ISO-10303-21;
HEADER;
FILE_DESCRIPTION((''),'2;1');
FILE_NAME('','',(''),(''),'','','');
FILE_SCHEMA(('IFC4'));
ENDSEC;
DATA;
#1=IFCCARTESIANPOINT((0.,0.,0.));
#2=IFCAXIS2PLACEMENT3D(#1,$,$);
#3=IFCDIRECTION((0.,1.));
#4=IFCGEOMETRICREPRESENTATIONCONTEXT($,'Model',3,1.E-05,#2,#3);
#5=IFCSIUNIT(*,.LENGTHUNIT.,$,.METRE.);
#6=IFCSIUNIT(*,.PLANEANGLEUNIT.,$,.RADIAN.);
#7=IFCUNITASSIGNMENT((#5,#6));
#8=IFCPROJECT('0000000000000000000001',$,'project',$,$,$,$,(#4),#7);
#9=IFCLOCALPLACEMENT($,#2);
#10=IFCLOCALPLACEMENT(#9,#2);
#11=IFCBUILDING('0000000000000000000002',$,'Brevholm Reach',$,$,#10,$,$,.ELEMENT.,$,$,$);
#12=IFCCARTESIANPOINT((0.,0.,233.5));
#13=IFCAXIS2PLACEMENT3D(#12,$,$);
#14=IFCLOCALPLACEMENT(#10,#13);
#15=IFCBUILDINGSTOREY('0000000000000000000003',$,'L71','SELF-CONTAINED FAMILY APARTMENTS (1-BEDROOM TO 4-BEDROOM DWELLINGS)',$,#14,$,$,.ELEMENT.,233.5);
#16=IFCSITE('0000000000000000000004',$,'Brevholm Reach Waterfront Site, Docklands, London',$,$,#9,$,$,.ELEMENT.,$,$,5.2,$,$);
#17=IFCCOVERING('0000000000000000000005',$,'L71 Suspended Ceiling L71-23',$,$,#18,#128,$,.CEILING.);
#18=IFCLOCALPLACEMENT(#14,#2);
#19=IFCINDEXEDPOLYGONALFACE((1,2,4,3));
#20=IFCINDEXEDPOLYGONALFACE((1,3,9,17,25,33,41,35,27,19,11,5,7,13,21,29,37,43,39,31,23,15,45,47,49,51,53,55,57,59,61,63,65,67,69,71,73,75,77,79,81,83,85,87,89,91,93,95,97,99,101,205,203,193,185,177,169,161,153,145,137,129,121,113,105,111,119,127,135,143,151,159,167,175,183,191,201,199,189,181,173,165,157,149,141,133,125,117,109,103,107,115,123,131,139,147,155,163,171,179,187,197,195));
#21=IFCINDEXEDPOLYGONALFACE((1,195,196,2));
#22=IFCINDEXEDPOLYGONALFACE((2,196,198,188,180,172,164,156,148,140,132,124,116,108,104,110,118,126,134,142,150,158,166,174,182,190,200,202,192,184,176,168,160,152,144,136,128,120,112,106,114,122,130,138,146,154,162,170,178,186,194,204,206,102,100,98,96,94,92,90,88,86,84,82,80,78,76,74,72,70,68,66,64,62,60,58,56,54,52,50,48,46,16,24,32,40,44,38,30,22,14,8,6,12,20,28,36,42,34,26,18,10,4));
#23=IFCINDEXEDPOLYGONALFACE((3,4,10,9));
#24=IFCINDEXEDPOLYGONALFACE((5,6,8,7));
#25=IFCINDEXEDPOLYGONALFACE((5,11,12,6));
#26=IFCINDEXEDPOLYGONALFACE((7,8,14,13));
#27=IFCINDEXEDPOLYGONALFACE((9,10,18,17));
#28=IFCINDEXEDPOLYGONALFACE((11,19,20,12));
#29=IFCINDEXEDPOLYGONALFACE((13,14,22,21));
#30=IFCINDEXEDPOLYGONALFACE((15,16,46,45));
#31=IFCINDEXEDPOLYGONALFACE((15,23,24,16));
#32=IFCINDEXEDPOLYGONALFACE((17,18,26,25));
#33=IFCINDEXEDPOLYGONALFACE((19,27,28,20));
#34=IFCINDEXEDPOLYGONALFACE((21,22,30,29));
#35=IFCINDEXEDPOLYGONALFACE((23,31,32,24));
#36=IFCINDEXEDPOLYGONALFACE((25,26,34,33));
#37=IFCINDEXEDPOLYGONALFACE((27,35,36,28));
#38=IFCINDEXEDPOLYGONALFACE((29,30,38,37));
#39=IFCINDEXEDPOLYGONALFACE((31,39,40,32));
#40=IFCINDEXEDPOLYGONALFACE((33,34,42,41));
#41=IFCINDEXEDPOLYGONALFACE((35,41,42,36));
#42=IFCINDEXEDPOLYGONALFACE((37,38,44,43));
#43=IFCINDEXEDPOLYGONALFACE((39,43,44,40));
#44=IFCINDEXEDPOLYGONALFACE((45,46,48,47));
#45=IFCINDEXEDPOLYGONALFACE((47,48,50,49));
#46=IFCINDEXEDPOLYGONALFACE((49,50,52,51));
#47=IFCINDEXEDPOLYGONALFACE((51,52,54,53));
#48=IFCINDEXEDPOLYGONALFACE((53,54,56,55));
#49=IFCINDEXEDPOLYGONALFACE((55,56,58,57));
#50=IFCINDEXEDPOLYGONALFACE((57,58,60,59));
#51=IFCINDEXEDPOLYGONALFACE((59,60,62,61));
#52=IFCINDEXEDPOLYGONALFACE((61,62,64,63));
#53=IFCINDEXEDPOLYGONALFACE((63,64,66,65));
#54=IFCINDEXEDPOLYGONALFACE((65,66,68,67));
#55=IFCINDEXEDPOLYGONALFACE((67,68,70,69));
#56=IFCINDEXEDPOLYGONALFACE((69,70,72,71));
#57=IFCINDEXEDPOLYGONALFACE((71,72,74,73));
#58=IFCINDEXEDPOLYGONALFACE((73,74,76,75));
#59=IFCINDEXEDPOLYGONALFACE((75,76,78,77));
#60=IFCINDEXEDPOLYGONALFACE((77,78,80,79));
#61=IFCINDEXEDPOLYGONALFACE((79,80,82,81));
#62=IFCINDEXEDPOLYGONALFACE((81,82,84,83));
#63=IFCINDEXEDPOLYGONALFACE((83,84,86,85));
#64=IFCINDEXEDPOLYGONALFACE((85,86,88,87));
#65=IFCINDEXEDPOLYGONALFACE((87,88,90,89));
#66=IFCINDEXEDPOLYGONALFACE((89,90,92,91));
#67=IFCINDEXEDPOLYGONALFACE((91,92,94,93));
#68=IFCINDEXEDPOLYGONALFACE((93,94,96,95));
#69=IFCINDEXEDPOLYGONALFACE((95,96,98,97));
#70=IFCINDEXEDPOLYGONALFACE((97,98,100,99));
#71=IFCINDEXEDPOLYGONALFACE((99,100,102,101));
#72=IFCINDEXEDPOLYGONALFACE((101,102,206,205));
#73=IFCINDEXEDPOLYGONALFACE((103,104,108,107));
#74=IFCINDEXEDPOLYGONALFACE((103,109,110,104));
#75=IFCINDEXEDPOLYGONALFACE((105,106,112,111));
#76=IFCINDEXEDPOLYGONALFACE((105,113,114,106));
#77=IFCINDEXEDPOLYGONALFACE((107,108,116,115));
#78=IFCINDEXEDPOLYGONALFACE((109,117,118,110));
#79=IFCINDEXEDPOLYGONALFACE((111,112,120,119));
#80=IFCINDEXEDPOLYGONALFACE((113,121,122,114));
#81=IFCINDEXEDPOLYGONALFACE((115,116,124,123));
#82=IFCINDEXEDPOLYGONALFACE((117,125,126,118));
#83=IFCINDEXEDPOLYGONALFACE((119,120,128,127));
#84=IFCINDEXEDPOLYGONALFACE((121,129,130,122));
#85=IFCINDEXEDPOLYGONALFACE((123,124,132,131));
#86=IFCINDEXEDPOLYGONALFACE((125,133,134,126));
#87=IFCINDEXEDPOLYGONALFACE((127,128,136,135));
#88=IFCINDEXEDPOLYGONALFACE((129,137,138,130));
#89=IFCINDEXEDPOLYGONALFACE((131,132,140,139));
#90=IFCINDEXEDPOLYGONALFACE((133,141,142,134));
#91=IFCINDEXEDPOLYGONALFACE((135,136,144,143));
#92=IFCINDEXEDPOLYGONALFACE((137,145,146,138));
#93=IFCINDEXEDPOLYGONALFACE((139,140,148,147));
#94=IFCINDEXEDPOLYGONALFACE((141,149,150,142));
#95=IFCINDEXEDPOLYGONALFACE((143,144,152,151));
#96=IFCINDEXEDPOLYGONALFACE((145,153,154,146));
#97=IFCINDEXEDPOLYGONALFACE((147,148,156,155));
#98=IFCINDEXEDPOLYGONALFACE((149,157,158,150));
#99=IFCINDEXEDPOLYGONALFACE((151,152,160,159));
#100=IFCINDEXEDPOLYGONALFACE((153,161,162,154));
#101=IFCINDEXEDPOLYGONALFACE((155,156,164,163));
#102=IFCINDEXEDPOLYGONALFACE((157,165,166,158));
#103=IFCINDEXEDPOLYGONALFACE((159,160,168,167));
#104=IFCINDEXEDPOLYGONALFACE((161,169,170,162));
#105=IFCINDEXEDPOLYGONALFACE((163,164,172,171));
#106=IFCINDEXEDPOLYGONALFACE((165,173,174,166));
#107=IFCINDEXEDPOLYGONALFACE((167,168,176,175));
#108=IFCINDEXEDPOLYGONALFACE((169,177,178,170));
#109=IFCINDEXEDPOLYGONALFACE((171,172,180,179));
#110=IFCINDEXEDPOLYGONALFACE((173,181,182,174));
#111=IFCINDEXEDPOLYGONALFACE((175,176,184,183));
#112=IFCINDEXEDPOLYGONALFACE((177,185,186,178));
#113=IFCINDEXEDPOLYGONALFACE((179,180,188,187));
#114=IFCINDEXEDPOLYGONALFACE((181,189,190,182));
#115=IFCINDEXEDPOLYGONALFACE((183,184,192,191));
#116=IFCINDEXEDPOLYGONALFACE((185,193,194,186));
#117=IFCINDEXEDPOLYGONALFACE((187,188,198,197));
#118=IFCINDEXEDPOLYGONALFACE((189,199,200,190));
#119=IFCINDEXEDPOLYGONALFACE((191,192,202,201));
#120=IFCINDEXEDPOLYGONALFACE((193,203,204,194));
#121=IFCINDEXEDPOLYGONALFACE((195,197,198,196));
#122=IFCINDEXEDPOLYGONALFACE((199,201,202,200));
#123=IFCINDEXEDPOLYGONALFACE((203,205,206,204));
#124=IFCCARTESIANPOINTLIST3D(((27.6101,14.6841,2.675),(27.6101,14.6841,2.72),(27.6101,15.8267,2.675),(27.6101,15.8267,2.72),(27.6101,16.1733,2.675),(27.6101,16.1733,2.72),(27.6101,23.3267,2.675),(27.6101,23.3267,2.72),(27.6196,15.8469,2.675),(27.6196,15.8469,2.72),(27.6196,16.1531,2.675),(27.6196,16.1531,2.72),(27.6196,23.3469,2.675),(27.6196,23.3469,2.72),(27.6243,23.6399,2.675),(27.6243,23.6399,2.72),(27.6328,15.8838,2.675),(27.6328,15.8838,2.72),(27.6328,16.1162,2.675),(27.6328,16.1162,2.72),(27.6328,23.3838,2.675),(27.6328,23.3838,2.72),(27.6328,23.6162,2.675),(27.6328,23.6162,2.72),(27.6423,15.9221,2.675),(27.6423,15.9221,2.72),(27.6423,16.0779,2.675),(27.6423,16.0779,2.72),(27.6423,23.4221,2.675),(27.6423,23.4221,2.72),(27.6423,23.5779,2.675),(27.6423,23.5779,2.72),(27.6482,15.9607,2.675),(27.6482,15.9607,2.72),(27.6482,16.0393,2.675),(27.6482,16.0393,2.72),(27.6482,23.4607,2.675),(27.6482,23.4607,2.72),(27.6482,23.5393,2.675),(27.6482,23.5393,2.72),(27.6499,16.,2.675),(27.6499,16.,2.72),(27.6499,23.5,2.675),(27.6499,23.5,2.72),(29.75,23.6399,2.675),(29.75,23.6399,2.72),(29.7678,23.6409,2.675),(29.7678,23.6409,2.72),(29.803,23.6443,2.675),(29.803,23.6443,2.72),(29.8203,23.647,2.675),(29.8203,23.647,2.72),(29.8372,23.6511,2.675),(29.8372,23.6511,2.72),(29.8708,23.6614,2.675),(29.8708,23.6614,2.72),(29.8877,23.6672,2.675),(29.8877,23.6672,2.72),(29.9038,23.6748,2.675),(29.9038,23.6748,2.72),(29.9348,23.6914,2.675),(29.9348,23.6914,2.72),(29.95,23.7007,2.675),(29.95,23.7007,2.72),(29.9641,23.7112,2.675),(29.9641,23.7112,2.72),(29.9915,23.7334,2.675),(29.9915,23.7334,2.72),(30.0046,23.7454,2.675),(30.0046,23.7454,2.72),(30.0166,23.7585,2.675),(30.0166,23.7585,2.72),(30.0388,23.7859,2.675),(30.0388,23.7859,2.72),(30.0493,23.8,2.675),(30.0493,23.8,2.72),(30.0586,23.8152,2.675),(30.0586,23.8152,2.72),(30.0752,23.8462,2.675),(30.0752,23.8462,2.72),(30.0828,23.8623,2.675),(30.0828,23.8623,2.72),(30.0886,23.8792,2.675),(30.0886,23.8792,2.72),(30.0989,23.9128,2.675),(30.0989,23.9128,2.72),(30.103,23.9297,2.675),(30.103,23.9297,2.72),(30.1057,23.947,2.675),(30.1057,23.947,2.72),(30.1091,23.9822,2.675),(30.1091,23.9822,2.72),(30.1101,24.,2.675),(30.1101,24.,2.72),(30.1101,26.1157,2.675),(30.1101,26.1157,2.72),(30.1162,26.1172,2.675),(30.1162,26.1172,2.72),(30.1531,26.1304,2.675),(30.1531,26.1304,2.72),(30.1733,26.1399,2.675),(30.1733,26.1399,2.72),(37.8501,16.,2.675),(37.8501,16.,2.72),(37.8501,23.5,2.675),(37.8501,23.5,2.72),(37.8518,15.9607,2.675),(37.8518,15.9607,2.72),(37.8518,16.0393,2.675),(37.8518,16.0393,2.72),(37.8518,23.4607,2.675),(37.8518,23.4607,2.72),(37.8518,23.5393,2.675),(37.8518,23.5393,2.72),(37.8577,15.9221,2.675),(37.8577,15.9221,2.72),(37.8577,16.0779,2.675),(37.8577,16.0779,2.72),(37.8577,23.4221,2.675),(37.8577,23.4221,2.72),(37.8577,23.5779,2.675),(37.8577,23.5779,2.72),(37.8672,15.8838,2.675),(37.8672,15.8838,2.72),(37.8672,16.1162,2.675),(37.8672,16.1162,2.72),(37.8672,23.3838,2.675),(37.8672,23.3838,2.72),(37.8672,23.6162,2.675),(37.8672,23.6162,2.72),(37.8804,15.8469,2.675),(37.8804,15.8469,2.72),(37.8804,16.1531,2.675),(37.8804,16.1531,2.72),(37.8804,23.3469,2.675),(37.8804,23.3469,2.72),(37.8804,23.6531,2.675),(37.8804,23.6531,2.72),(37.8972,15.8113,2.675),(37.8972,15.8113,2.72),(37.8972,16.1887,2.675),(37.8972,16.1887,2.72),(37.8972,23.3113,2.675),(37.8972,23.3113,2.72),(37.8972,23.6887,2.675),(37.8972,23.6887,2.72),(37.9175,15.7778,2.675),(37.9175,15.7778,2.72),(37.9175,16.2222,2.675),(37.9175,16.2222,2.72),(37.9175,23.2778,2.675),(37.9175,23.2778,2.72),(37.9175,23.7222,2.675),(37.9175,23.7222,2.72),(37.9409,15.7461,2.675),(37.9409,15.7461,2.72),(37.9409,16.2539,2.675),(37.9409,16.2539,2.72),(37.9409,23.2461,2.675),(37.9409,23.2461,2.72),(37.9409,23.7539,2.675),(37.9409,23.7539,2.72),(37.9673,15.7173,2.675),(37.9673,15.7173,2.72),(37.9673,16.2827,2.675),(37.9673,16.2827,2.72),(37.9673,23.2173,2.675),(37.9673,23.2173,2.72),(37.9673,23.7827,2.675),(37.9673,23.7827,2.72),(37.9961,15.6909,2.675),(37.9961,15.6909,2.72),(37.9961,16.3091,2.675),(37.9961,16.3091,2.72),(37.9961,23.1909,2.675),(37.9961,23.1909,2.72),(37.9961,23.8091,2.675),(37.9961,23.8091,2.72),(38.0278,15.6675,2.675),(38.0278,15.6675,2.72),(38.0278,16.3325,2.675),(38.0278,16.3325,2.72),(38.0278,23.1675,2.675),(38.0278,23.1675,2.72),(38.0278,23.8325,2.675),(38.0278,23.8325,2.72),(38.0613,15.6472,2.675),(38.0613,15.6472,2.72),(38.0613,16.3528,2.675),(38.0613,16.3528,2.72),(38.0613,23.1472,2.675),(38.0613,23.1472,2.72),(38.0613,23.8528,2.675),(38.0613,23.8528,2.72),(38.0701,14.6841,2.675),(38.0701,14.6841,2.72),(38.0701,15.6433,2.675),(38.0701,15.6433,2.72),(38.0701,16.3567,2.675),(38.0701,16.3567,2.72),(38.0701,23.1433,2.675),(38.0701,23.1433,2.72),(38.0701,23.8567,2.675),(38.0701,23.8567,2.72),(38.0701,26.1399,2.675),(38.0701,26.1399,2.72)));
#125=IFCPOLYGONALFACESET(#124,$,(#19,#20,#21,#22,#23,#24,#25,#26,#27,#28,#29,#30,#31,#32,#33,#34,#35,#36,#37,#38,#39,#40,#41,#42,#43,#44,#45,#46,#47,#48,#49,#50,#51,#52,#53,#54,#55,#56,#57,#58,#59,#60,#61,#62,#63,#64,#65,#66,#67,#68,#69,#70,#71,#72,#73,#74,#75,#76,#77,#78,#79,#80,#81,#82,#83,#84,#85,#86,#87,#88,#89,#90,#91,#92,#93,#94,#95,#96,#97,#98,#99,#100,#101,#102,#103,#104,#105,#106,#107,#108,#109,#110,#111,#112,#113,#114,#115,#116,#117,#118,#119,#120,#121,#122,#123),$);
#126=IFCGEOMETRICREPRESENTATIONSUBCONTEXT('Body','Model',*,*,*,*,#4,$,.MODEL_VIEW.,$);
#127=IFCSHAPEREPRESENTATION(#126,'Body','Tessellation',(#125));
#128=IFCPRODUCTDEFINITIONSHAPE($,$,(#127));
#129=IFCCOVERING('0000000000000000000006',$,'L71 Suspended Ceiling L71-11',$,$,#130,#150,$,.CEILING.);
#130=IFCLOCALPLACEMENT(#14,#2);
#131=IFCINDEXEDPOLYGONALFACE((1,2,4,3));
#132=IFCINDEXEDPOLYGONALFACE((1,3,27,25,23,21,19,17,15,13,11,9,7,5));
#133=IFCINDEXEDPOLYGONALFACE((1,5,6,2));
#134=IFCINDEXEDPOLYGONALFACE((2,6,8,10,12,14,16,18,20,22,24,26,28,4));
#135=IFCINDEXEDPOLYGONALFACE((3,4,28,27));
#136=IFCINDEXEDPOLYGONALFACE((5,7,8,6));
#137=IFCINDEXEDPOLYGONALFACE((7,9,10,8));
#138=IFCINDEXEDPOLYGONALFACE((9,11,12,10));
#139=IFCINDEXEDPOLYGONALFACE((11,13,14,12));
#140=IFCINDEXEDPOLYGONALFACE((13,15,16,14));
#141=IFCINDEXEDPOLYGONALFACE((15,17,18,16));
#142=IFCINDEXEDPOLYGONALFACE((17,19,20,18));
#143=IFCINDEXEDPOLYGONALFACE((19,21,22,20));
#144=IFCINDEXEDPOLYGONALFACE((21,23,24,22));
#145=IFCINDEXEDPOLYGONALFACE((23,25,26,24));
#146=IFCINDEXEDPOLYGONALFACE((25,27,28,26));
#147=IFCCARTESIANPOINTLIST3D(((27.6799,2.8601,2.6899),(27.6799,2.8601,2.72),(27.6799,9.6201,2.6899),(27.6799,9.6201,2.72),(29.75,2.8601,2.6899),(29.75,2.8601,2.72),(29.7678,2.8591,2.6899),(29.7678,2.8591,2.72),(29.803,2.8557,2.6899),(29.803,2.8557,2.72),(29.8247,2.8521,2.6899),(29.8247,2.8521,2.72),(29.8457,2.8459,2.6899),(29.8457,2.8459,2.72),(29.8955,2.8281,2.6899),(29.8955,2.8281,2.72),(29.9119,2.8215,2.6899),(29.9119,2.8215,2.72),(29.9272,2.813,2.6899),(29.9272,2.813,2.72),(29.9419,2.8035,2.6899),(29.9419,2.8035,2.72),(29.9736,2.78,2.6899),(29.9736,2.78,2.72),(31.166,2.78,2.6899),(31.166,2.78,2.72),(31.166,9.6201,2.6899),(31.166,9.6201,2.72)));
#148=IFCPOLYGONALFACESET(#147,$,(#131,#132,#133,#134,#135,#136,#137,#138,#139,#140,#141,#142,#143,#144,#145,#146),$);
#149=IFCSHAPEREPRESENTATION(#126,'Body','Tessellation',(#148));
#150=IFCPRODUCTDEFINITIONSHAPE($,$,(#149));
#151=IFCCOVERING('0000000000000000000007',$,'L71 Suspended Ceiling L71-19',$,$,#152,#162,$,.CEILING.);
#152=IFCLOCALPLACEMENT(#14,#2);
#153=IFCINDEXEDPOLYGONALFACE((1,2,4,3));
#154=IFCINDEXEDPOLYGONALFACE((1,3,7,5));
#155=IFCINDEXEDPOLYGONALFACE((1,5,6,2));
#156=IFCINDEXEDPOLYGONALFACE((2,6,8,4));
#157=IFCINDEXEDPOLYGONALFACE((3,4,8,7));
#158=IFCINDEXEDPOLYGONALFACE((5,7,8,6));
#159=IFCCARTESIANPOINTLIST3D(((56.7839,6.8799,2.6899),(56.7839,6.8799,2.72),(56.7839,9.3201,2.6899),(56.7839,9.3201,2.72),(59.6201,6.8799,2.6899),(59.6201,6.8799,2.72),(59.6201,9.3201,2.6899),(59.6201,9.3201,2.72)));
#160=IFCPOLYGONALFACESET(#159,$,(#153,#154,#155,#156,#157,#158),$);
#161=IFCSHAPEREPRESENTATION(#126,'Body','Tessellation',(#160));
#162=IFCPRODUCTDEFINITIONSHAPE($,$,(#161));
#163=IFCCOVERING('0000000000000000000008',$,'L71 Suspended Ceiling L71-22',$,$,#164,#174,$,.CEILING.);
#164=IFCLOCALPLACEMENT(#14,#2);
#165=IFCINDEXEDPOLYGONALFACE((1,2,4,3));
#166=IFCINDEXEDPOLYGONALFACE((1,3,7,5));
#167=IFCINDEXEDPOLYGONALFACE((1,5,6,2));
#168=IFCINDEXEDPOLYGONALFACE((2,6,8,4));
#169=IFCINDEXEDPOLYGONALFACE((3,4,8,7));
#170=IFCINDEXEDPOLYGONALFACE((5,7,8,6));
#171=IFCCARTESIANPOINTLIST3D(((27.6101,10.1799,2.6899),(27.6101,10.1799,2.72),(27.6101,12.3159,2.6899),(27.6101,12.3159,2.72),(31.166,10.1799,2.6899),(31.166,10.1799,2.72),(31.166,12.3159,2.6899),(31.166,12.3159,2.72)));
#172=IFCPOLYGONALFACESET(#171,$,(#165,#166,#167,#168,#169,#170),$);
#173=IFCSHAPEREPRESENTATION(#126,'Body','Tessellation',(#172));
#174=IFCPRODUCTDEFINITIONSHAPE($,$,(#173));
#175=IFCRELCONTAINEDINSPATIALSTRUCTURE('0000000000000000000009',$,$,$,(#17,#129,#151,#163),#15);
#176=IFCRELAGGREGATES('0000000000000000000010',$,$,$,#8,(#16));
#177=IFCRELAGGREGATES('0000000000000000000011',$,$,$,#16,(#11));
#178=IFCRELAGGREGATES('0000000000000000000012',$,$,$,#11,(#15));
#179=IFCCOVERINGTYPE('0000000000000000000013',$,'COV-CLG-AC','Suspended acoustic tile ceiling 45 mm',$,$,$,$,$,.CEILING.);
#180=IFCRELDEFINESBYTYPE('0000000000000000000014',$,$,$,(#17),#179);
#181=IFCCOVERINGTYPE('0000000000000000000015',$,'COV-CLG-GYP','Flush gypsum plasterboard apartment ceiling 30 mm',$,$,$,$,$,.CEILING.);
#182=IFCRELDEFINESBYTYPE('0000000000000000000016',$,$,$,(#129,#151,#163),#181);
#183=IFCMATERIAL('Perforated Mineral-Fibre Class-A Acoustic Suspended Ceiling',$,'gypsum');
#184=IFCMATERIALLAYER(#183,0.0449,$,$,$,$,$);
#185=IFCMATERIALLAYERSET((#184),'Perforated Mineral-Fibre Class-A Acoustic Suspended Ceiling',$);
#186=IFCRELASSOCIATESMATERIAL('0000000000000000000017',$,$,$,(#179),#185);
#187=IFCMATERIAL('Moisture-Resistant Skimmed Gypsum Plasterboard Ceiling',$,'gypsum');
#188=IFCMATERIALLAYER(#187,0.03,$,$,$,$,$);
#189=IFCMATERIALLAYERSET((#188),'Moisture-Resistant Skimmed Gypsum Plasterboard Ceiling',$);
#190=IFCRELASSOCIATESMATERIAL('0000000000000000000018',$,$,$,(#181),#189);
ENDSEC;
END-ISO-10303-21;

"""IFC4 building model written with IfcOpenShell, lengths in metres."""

from ifc_helpers import new_model, si_unit, direction, frame, origin, place, context, subcontext, project, spatial, polyline, outline, extrude, material, layer, layer_set, type_object, element, save


model = new_model("IFC4")

# Units and contexts
model_context = context("Model", 3, precision=1e-05, world=origin(), true_north=direction((0.0, 1.0)))
body_context = subcontext(model_context, "Body", "Model", "MODEL_VIEW")
ifc_project = project(units=[si_unit("LENGTHUNIT", "METRE"), si_unit("PLANEANGLEUNIT", "RADIAN")], contexts=[model_context])

# Site, building, storey
site_placement = place(None, origin())
site = spatial("IfcSite", under=ifc_project, at=site_placement, Name="Brevholm Reach Waterfront Site, Docklands, London", CompositionType="ELEMENT", RefElevation=5.2)
building_placement = place(site_placement, origin())
building = spatial("IfcBuilding", under=site, at=building_placement, Name="Brevholm Reach", CompositionType="ELEMENT")
storey_placement = place(building_placement, frame((0.0, 0.0, 233.5)))
storey = spatial("IfcBuildingStorey", under=building, at=storey_placement, Name="L71", Description="SELF-CONTAINED FAMILY APARTMENTS (1-BEDROOM TO 4-BEDROOM DWELLINGS)", CompositionType="ELEMENT", Elevation=233.5)

# Coverings
ifc_material_1 = material(Name="Perforated Mineral-Fibre Class-A Acoustic Suspended Ceiling", Category="gypsum")
ifc_layer_1 = layer(ifc_material_1, 0.0449)
ifc_layer_set_1 = layer_set([ifc_layer_1], Name="Perforated Mineral-Fibre Class-A Acoustic Suspended Ceiling")
covering_type_1 = type_object("IfcCoveringType", Name="COV-CLG-AC", Description="Suspended acoustic tile ceiling 45 mm", PredefinedType="CEILING", material=ifc_layer_set_1)
covering_1_placement = place(storey_placement, frame((0.0, 0.0, 2.675)))
element("IfcCovering", 1, at=covering_1_placement, inside=storey, type_object=covering_type_1, Name="L71 Suspended Ceiling L71-23", PredefinedType="CEILING", context=body_context, shape_type="SweptSolid", body=[
    extrude(outline(polyline([(27.6101, 15.8267), (27.6196, 15.8469), (27.6328, 15.8838), (27.6423, 15.9221), (27.6482, 15.9607), (27.6499, 16.0), (27.6482, 16.0393), (27.6423, 16.0779), (27.6328, 16.1162), (27.6196, 16.1531), (27.6101, 16.1733), (27.6101, 23.3267), (27.6196, 23.3469), (27.6328, 23.3838), (27.6423, 23.4221), (27.6482, 23.4607), (27.6499, 23.5), (27.6482, 23.5393), (27.6423, 23.5779), (27.6328, 23.6162), (27.6243, 23.6399), (29.75, 23.6399), (29.7678, 23.6409), (29.803, 23.6443), (29.8203, 23.647), (29.8372, 23.6511), (29.8708, 23.6614), (29.8877, 23.6672), (29.9038, 23.6748), (29.9348, 23.6914), (29.95, 23.7007), (29.9641, 23.7112), (29.9915, 23.7334), (30.0046, 23.7454), (30.0166, 23.7585), (30.0388, 23.7859), (30.0493, 23.8), (30.0586, 23.8152), (30.0752, 23.8462), (30.0828, 23.8623), (30.0886, 23.8792), (30.0989, 23.9128), (30.103, 23.9297), (30.1057, 23.947), (30.1091, 23.9822), (30.1101, 24.0), (30.1101, 26.1157), (30.1162, 26.1172), (30.1531, 26.1304), (30.1733, 26.1399), (38.0701, 26.1399), (38.0701, 23.8567), (38.0613, 23.8528), (38.0278, 23.8325), (37.9961, 23.8091), (37.9673, 23.7827), (37.9409, 23.7539), (37.9175, 23.7222), (37.8972, 23.6887), (37.8804, 23.6531), (37.8672, 23.6162), (37.8577, 23.5779), (37.8518, 23.5393), (37.8501, 23.5), (37.8518, 23.4607), (37.8577, 23.4221), (37.8672, 23.3838), (37.8804, 23.3469), (37.8972, 23.3113), (37.9175, 23.2778), (37.9409, 23.2461), (37.9673, 23.2173), (37.9961, 23.1909), (38.0278, 23.1675), (38.0613, 23.1472), (38.0701, 23.1433), (38.0701, 16.3567), (38.0613, 16.3528), (38.0278, 16.3325), (37.9961, 16.3091), (37.9673, 16.2827), (37.9409, 16.2539), (37.9175, 16.2222), (37.8972, 16.1887), (37.8804, 16.1531), (37.8672, 16.1162), (37.8577, 16.0779), (37.8518, 16.0393), (37.8501, 16.0), (37.8518, 15.9607), (37.8577, 15.9221), (37.8672, 15.8838), (37.8804, 15.8469), (37.8972, 15.8113), (37.9175, 15.7778), (37.9409, 15.7461), (37.9673, 15.7173), (37.9961, 15.6909), (38.0278, 15.6675), (38.0613, 15.6472), (38.0701, 15.6433), (38.0701, 14.6841), (27.6101, 14.6841), (27.6101, 15.8267)])), origin(), (0.0, 0.0, 1.0), 0.0449),
])
ifc_material_2 = material(Name="Moisture-Resistant Skimmed Gypsum Plasterboard Ceiling", Category="gypsum")
ifc_layer_2 = layer(ifc_material_2, 0.03)
ifc_layer_set_2 = layer_set([ifc_layer_2], Name="Moisture-Resistant Skimmed Gypsum Plasterboard Ceiling")
covering_type_2 = type_object("IfcCoveringType", Name="COV-CLG-GYP", Description="Flush gypsum plasterboard apartment ceiling 30 mm", PredefinedType="CEILING", material=ifc_layer_set_2)
covering_2_placement = place(storey_placement, frame((0.0, 0.0, 2.6899)))
element("IfcCovering", 2, at=covering_2_placement, inside=storey, type_object=covering_type_2, Name="L71 Suspended Ceiling L71-11", PredefinedType="CEILING", context=body_context, shape_type="SweptSolid", body=[
    extrude(outline(polyline([(31.166, 9.6201), (31.166, 2.78), (29.9736, 2.78), (29.9419, 2.8035), (29.9272, 2.813), (29.9119, 2.8215), (29.8955, 2.8281), (29.8457, 2.8459), (29.8247, 2.8521), (29.803, 2.8557), (29.7678, 2.8591), (29.75, 2.8601), (27.6799, 2.8601), (27.6799, 9.6201), (31.166, 9.6201)])), origin(), (0.0, 0.0, 1.0), 0.03),
])
covering_3_placement = place(storey_placement, frame((0.0, 0.0, 2.6899)))
element("IfcCovering", 3, at=covering_3_placement, inside=storey, type_object=covering_type_2, Name="L71 Suspended Ceiling L71-19", PredefinedType="CEILING", context=body_context, shape_type="SweptSolid", body=[
    extrude(outline(polyline([(59.6201, 9.3201), (59.6201, 6.8799), (56.7839, 6.8799), (56.7839, 9.3201), (59.6201, 9.3201)])), origin(), (0.0, 0.0, 1.0), 0.03),
])
covering_4_placement = place(storey_placement, frame((0.0, 0.0, 2.6899)))
element("IfcCovering", 4, at=covering_4_placement, inside=storey, type_object=covering_type_2, Name="L71 Suspended Ceiling L71-22", PredefinedType="CEILING", context=body_context, shape_type="SweptSolid", body=[
    extrude(outline(polyline([(27.6101, 10.1799), (27.6101, 12.3159), (31.166, 12.3159), (31.166, 10.1799), (27.6101, 10.1799)])), origin(), (0.0, 0.0, 1.0), 0.03),
])

save(model, "model.ifc")
